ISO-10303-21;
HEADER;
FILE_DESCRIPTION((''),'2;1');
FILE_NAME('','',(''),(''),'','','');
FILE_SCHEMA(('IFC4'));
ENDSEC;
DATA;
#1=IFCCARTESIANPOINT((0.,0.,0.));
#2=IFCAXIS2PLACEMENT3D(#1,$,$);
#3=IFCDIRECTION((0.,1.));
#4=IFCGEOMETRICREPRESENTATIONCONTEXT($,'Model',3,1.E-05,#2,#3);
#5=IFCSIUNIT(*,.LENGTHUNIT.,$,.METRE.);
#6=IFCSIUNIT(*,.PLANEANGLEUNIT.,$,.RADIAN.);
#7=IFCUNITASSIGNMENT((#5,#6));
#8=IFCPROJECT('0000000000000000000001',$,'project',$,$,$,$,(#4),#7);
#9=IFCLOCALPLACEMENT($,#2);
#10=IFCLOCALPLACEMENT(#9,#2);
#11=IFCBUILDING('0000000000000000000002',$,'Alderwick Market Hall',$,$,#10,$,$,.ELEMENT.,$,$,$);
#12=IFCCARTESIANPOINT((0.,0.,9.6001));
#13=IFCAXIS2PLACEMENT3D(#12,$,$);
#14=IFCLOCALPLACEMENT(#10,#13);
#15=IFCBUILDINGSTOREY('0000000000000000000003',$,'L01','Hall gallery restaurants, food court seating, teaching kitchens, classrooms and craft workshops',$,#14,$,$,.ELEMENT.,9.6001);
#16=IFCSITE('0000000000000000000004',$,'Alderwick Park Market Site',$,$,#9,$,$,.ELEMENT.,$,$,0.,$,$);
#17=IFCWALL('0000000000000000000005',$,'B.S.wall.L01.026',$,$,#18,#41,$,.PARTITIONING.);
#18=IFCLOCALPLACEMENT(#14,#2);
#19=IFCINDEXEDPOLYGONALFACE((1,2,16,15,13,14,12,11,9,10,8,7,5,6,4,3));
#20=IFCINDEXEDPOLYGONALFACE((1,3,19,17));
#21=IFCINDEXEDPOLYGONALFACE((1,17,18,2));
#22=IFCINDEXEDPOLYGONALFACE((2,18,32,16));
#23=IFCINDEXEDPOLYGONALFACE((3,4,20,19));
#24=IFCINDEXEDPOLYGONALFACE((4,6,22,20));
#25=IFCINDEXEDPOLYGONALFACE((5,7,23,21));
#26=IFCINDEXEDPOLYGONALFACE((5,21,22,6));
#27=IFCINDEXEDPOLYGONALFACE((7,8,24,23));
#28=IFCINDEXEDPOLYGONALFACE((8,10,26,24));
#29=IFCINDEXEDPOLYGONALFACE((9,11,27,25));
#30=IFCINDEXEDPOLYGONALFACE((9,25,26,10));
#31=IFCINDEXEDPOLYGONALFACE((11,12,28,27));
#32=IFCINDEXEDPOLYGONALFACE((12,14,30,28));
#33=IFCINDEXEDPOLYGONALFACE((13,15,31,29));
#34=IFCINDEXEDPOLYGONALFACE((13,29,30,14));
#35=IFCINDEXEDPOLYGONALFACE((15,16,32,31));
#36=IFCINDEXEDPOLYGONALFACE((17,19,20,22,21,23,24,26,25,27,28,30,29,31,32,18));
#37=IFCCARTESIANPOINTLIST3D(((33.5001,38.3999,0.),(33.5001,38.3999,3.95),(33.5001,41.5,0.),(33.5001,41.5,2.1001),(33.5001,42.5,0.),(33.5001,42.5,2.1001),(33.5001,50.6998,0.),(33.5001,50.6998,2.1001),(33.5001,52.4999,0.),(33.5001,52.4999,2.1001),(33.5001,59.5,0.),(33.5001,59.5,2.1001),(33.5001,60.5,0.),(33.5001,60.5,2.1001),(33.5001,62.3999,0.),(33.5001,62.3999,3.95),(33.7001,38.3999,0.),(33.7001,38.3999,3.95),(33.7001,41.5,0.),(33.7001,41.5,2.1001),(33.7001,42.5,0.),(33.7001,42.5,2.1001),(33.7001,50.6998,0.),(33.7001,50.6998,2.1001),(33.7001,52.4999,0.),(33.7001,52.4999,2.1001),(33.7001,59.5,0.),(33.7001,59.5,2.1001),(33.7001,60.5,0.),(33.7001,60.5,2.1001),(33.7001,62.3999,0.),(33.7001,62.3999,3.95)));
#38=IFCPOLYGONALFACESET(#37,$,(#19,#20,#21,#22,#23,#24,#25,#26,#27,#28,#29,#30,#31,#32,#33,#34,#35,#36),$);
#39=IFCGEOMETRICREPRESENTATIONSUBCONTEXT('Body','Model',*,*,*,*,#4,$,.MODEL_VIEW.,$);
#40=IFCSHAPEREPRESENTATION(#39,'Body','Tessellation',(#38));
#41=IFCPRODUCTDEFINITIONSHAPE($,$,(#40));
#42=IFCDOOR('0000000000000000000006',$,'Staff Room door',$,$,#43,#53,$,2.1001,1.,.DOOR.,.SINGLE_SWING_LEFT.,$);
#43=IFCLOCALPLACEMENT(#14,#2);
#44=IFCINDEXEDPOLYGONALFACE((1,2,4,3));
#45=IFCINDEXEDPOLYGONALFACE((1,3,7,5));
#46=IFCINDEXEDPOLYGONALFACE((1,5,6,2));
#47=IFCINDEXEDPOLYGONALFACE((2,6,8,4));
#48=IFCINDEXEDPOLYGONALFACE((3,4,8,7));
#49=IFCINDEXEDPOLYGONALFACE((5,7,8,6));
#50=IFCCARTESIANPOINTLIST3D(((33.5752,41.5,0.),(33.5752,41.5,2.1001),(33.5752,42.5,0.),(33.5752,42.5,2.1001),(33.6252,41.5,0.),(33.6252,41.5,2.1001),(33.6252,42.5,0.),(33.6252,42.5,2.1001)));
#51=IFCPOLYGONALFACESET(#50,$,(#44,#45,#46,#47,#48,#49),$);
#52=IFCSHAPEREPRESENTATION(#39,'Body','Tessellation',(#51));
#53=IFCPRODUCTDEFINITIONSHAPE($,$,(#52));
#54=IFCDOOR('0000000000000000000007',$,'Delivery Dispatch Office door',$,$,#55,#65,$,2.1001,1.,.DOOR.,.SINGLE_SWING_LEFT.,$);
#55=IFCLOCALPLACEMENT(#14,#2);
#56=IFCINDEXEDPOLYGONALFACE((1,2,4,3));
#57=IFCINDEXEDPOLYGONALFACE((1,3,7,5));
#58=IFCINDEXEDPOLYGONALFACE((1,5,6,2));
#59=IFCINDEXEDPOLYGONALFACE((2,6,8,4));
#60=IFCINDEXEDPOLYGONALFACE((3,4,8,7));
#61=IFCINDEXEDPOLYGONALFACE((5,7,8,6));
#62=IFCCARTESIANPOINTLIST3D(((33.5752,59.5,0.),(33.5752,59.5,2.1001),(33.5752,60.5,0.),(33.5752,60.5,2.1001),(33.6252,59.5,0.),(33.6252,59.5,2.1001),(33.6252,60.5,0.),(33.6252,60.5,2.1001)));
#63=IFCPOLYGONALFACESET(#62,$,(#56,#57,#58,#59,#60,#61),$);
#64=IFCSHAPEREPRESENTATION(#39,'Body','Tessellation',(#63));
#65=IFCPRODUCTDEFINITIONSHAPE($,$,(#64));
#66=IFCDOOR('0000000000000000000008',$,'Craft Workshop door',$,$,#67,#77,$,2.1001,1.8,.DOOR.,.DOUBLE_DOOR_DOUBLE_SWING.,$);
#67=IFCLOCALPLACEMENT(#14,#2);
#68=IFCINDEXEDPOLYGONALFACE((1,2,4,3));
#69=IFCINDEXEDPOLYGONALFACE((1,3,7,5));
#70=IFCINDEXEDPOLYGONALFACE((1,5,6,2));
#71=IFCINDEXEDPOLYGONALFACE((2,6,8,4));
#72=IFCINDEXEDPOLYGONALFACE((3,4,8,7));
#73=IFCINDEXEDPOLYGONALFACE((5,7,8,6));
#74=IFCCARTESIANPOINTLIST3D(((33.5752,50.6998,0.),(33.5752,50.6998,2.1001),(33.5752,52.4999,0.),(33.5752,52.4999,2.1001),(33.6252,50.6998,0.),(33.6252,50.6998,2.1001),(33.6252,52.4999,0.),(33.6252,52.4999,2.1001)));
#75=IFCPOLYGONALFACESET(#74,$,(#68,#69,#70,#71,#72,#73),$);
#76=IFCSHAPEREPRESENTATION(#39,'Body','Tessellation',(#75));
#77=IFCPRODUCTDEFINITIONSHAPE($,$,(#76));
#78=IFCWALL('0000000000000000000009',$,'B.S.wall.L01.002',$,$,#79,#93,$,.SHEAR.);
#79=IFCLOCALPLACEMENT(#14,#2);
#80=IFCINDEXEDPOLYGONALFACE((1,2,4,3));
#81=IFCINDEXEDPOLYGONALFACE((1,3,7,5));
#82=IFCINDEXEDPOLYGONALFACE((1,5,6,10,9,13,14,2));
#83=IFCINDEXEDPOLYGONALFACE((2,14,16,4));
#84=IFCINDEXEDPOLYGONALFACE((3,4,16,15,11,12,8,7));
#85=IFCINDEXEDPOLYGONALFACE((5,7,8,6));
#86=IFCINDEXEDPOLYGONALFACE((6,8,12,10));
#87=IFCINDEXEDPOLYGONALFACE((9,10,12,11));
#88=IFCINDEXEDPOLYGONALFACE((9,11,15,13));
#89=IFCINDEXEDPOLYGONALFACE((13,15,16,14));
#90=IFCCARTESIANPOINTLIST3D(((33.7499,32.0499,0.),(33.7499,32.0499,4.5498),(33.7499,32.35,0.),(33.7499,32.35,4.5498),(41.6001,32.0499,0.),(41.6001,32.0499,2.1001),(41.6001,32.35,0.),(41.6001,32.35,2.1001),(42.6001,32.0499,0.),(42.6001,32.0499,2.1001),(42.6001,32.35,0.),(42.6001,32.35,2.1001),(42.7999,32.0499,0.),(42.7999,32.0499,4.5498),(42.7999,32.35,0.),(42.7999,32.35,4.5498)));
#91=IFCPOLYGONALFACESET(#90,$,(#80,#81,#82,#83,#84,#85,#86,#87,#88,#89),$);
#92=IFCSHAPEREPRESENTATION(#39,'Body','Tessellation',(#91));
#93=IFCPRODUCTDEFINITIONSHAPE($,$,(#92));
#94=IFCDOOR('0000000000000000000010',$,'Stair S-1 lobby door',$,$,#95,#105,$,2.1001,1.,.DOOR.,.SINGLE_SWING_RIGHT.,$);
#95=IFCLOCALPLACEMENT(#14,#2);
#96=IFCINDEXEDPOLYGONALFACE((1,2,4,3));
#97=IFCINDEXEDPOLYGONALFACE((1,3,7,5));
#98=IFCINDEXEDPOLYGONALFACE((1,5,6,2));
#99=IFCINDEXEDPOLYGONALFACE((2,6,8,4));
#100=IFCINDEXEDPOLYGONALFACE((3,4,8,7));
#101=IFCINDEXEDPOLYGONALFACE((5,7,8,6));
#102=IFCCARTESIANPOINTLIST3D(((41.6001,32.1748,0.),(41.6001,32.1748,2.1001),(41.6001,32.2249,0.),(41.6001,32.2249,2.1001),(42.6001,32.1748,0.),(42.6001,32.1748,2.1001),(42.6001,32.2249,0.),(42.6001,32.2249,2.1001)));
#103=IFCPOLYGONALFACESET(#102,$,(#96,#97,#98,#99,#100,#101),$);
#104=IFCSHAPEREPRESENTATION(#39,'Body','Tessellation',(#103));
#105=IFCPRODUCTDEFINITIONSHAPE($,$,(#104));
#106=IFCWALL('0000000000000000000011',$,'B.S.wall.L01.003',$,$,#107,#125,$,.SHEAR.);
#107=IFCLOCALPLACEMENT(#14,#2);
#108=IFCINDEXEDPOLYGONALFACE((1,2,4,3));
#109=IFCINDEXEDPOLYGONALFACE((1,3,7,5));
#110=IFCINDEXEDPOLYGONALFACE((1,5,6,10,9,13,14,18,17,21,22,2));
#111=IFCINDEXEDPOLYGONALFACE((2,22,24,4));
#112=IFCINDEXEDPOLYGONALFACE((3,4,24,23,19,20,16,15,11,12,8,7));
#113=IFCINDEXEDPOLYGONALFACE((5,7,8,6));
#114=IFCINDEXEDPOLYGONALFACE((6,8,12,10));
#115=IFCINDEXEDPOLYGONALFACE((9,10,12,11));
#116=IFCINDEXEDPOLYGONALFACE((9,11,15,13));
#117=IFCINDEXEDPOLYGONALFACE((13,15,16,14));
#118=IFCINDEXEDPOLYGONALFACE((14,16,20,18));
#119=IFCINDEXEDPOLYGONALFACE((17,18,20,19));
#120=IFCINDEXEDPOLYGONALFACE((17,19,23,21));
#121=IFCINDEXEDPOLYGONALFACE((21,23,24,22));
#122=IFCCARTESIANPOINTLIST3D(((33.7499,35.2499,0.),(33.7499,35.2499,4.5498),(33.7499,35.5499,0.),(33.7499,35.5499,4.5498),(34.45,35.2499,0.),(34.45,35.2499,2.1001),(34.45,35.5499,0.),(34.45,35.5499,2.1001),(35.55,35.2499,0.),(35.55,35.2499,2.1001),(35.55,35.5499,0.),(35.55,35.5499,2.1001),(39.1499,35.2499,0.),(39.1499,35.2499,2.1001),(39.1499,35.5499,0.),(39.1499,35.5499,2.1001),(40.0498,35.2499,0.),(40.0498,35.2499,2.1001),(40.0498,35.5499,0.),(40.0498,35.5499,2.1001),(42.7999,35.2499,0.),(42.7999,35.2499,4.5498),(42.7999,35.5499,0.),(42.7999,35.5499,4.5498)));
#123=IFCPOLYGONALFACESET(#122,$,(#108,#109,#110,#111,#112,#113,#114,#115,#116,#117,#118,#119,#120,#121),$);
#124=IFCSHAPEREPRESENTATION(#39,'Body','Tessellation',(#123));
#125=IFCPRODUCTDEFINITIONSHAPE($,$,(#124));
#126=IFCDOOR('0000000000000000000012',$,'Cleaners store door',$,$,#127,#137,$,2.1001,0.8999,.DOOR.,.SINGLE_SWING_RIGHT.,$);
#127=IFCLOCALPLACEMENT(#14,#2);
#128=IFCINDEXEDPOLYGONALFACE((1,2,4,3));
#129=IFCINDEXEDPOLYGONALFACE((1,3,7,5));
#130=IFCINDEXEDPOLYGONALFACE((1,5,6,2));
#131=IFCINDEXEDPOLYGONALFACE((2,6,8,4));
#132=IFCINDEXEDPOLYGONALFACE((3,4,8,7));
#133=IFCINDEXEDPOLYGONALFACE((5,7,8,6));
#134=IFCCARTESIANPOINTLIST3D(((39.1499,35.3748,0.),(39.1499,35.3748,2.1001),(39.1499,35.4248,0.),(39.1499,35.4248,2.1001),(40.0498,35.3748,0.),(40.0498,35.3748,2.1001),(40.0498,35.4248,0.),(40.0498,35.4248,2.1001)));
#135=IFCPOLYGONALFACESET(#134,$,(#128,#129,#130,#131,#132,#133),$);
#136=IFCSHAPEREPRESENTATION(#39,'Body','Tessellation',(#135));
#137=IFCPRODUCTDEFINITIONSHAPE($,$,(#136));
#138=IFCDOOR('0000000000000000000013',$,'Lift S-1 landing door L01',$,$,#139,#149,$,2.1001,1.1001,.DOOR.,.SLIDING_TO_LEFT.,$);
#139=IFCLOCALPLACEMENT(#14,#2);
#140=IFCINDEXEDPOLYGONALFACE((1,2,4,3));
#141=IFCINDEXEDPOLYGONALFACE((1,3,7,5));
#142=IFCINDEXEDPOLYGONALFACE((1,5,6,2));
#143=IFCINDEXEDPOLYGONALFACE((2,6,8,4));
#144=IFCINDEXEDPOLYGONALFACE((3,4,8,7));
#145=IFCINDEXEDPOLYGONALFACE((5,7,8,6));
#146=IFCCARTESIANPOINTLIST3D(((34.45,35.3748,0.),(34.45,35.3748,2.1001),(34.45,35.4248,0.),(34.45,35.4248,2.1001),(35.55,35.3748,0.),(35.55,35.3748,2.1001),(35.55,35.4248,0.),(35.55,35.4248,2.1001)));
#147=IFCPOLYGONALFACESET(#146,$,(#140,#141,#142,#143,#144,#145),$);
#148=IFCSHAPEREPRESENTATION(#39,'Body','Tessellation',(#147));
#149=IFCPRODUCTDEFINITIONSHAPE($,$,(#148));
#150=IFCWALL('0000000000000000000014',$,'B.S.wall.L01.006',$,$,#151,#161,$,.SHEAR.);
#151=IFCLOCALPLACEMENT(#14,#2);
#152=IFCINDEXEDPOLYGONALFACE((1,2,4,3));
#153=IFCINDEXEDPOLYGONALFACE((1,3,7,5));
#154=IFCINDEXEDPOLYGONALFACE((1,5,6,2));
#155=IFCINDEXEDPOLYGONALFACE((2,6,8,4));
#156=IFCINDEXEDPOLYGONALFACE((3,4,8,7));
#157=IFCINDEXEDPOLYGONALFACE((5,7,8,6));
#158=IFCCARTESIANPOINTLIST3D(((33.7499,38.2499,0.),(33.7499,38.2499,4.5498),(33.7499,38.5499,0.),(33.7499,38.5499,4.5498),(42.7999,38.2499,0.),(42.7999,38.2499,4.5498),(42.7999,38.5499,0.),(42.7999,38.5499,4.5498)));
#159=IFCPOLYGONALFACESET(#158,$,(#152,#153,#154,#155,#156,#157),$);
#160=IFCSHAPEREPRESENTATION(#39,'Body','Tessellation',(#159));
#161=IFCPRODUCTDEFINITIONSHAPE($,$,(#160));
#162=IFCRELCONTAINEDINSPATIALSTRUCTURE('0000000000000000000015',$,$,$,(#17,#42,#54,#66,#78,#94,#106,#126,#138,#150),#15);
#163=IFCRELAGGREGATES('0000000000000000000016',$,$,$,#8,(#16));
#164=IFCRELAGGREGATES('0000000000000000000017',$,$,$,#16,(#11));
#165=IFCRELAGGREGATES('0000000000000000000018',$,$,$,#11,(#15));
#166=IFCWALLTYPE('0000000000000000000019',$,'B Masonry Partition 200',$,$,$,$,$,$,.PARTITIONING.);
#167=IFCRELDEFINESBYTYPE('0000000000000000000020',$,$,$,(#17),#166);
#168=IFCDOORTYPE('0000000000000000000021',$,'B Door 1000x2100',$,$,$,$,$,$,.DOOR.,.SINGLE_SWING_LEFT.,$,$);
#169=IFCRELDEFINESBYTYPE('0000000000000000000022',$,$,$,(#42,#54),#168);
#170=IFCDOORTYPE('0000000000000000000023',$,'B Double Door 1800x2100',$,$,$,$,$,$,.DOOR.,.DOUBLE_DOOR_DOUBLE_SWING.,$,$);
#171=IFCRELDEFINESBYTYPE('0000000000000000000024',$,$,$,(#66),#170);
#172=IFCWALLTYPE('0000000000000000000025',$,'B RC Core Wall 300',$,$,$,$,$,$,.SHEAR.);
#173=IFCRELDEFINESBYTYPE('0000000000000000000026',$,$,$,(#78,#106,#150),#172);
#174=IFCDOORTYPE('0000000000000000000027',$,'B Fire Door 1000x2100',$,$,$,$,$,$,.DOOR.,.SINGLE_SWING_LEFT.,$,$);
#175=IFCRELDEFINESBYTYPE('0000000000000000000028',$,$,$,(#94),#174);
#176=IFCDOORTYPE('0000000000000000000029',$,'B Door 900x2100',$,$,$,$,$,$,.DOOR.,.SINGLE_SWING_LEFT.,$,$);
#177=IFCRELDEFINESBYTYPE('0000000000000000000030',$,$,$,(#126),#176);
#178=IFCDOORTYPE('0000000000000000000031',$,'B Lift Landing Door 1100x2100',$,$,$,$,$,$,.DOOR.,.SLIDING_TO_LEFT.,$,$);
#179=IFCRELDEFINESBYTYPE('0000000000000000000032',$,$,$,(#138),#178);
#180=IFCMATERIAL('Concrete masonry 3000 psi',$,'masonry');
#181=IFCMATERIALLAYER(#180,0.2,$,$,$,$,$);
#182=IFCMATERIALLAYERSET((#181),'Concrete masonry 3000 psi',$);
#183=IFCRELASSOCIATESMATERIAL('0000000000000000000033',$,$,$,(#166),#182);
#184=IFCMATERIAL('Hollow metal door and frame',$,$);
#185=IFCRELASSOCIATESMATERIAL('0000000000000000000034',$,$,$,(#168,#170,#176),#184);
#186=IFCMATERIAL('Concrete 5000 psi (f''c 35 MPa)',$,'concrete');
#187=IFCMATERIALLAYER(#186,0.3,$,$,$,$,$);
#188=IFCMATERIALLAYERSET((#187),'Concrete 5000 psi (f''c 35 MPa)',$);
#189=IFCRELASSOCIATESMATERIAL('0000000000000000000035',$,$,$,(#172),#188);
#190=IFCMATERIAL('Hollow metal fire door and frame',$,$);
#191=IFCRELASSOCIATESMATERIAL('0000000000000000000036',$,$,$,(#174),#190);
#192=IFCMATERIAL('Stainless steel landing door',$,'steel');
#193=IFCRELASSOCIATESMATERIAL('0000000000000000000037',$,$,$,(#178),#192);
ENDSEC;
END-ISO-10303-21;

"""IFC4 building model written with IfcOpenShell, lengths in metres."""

from ifc_helpers import new_model, si_unit, direction, frame, frame_2d, origin, place, context, subcontext, project, spatial, rectangle, extrude, material, layer, layer_set, type_object, element, fill, save


model = new_model("IFC4")

# Units and contexts
model_context = context("Model", 3, precision=1e-05, world=origin(), true_north=direction((0.0, 1.0)))
body_context = subcontext(model_context, "Body", "Model", "MODEL_VIEW")
ifc_project = project(units=[si_unit("LENGTHUNIT", "METRE"), si_unit("PLANEANGLEUNIT", "RADIAN")], contexts=[model_context])

# Site, building, storey
site_placement = place(None, origin())
site = spatial("IfcSite", under=ifc_project, at=site_placement, Name="Alderwick Park Market Site", CompositionType="ELEMENT", RefElevation=0.0)
building_placement = place(site_placement, origin())
building = spatial("IfcBuilding", under=site, at=building_placement, Name="Alderwick Market Hall", CompositionType="ELEMENT")
storey_placement = place(building_placement, frame((0.0, 0.0, 9.6001)))
storey = spatial("IfcBuildingStorey", under=building, at=storey_placement, Name="L01", Description="Hall gallery restaurants, food court seating, teaching kitchens, classrooms and craft workshops", CompositionType="ELEMENT", Elevation=9.6001)

# Shared definitions
ifc_material_1 = material(Name="Concrete 5000 psi (f'c 35 MPa)", Category="concrete")

# Shared definitions
ifc_material_2 = material(Name="Concrete masonry 3000 psi", Category="masonry")
ifc_layer_1 = layer(ifc_material_2, 0.2)
ifc_layer_set_1 = layer_set([ifc_layer_1], Name="Concrete masonry 3000 psi")
wall_type_1 = type_object("IfcWallType", Name="B Masonry Partition 200", PredefinedType="PARTITIONING", material=ifc_layer_set_1)

# Wall, openings, doors
ifc_material_3 = material(Name="Hollow metal door and frame")
door_type_1 = type_object("IfcDoorType", Name="B Door 1000x2100", OperationType="SINGLE_SWING_LEFT", PredefinedType="DOOR", material=ifc_material_3)
door_type_2 = type_object("IfcDoorType", Name="B Double Door 1800x2100", OperationType="DOUBLE_DOOR_DOUBLE_SWING", PredefinedType="DOOR", material=ifc_material_3)
wall_1_placement = place(storey_placement, frame((33.6001, 38.3999, 0.0), z_axis=(0.0, 0.0, 1.0), x_axis=(0.0, 1.0, 0.0)))
wall_1 = element("IfcWall", 1, at=wall_1_placement, inside=storey, type_object=wall_type_1, Name="B.S.wall.L01.026", PredefinedType="PARTITIONING", context=body_context, shape_type="SweptSolid", body=[
    extrude(rectangle(XDim=24.0, YDim=0.2, at=frame_2d((12.0, 0.0))), origin(), (0.0, 0.0, 1.0), 3.95),
])
opening_1_placement = place(wall_1_placement, frame((3.1001, 0.0, 0.0)))
opening_1 = element("IfcOpeningElement", 2, at=opening_1_placement, cuts=wall_1, PredefinedType="OPENING", context=body_context, shape_type="SweptSolid", body=[
    extrude(rectangle(XDim=1.0, YDim=2.1001, at=frame_2d((0.5, 1.05))), frame((0.0, 0.1099, 0.0), z_axis=(0.0, -1.0, 0.0), x_axis=(1.0, 0.0, 0.0)), (0.0, 0.0, 1.0), 0.22),
])
opening_2_placement = place(wall_1_placement, frame((12.3, 0.0, 0.0)))
opening_2 = element("IfcOpeningElement", 3, at=opening_2_placement, cuts=wall_1, PredefinedType="OPENING", context=body_context, shape_type="SweptSolid", body=[
    extrude(rectangle(XDim=1.8, YDim=2.1001, at=frame_2d((0.8999, 1.05))), frame((0.0, 0.1099, 0.0), z_axis=(0.0, -1.0, 0.0), x_axis=(1.0, 0.0, 0.0)), (0.0, 0.0, 1.0), 0.22),
])
opening_3_placement = place(wall_1_placement, frame((21.1001, 0.0, 0.0)))
opening_3 = element("IfcOpeningElement", 4, at=opening_3_placement, cuts=wall_1, PredefinedType="OPENING", context=body_context, shape_type="SweptSolid", body=[
    extrude(rectangle(XDim=1.0, YDim=2.1001, at=frame_2d((0.5, 1.05))), frame((0.0, 0.1099, 0.0), z_axis=(0.0, -1.0, 0.0), x_axis=(1.0, 0.0, 0.0)), (0.0, 0.0, 1.0), 0.22),
])
door_1_placement = place(opening_1_placement, origin())
door_1 = element("IfcDoor", 5, at=door_1_placement, inside=storey, type_object=door_type_1, Name="Staff Room door", OperationType="SINGLE_SWING_LEFT", OverallHeight=2.1001, OverallWidth=1.0, PredefinedType="DOOR", context=body_context, shape_type="SweptSolid", body=[
    extrude(rectangle(XDim=1.0, YDim=2.1001, at=frame_2d((0.5, 1.05))), frame((0.0, 0.0249, 0.0), z_axis=(0.0, -1.0, 0.0), x_axis=(1.0, 0.0, 0.0)), (0.0, 0.0, 1.0), 0.05),
])
fill(opening_1, door_1)
door_2_placement = place(opening_3_placement, origin())
door_2 = element("IfcDoor", 6, at=door_2_placement, inside=storey, type_object=door_type_1, Name="Delivery Dispatch Office door", OperationType="SINGLE_SWING_LEFT", OverallHeight=2.1001, OverallWidth=1.0, PredefinedType="DOOR", context=body_context, shape_type="SweptSolid", body=[
    extrude(rectangle(XDim=1.0, YDim=2.1001, at=frame_2d((0.5, 1.05))), frame((0.0, 0.0249, 0.0), z_axis=(0.0, -1.0, 0.0), x_axis=(1.0, 0.0, 0.0)), (0.0, 0.0, 1.0), 0.05),
])
fill(opening_3, door_2)
door_3_placement = place(opening_2_placement, origin())
door_3 = element("IfcDoor", 7, at=door_3_placement, inside=storey, type_object=door_type_2, Name="Craft Workshop door", OperationType="DOUBLE_DOOR_DOUBLE_SWING", OverallHeight=2.1001, OverallWidth=1.8, PredefinedType="DOOR", context=body_context, shape_type="SweptSolid", body=[
    extrude(rectangle(XDim=1.8, YDim=2.1001, at=frame_2d((0.8999, 1.05))), frame((0.0, 0.0249, 0.0), z_axis=(0.0, -1.0, 0.0), x_axis=(1.0, 0.0, 0.0)), (0.0, 0.0, 1.0), 0.05),
])
fill(opening_2, door_3)

# Wall, opening, door
ifc_layer_2 = layer(ifc_material_1, 0.3)
ifc_layer_set_2 = layer_set([ifc_layer_2], Name="Concrete 5000 psi (f'c 35 MPa)")
wall_type_2 = type_object("IfcWallType", Name="B RC Core Wall 300", PredefinedType="SHEAR", material=ifc_layer_set_2)
wall_2_placement = place(storey_placement, frame((33.75, 32.2, 0.0), z_axis=(0.0, 0.0, 1.0), x_axis=(1.0, 0.0, 0.0)))
wall_2 = element("IfcWall", 8, at=wall_2_placement, inside=storey, type_object=wall_type_2, Name="B.S.wall.L01.002", PredefinedType="SHEAR", context=body_context, shape_type="SweptSolid", body=[
    extrude(rectangle(XDim=9.05, YDim=0.3, at=frame_2d((4.5249, 0.0))), origin(), (0.0, 0.0, 1.0), 4.5498),
])
opening_4_placement = place(wall_2_placement, frame((7.8501, 0.0, 0.0)))
opening_4 = element("IfcOpeningElement", 9, at=opening_4_placement, cuts=wall_2, PredefinedType="OPENING", context=body_context, shape_type="SweptSolid", body=[
    extrude(rectangle(XDim=1.0, YDim=2.1001, at=frame_2d((0.5, 1.05))), frame((0.0, 0.1599, 0.0), z_axis=(0.0, -1.0, 0.0), x_axis=(1.0, 0.0, 0.0)), (0.0, 0.0, 1.0), 0.3201),
])
ifc_material_4 = material(Name="Hollow metal fire door and frame")
door_type_3 = type_object("IfcDoorType", Name="B Fire Door 1000x2100", OperationType="SINGLE_SWING_LEFT", PredefinedType="DOOR", material=ifc_material_4)
door_4_placement = place(opening_4_placement, origin())
door_4 = element("IfcDoor", 10, at=door_4_placement, inside=storey, type_object=door_type_3, Name="Stair S-1 lobby door", OperationType="SINGLE_SWING_RIGHT", OverallHeight=2.1001, OverallWidth=1.0, PredefinedType="DOOR", context=body_context, shape_type="SweptSolid", body=[
    extrude(rectangle(XDim=1.0, YDim=2.1001, at=frame_2d((0.5, 1.05))), frame((0.0, 0.0249, 0.0), z_axis=(0.0, -1.0, 0.0), x_axis=(1.0, 0.0, 0.0)), (0.0, 0.0, 1.0), 0.05),
])
fill(opening_4, door_4)

# Wall, openings, doors
wall_3_placement = place(storey_placement, frame((33.75, 35.3999, 0.0), z_axis=(0.0, 0.0, 1.0), x_axis=(1.0, 0.0, 0.0)))
wall_3 = element("IfcWall", 11, at=wall_3_placement, inside=storey, type_object=wall_type_2, Name="B.S.wall.L01.003", PredefinedType="SHEAR", context=body_context, shape_type="SweptSolid", body=[
    extrude(rectangle(XDim=9.05, YDim=0.3, at=frame_2d((4.5249, 0.0))), origin(), (0.0, 0.0, 1.0), 4.5498),
])
opening_5_placement = place(wall_3_placement, frame((0.7, 0.0, 0.0)))
opening_5 = element("IfcOpeningElement", 12, at=opening_5_placement, cuts=wall_3, PredefinedType="OPENING", context=body_context, shape_type="SweptSolid", body=[
    extrude(rectangle(XDim=1.1001, YDim=2.1001, at=frame_2d((0.55, 1.05))), frame((0.0, 0.1599, 0.0), z_axis=(0.0, -1.0, 0.0), x_axis=(1.0, 0.0, 0.0)), (0.0, 0.0, 1.0), 0.3201),
])
opening_6_placement = place(wall_3_placement, frame((5.3999, 0.0, 0.0)))
opening_6 = element("IfcOpeningElement", 13, at=opening_6_placement, cuts=wall_3, PredefinedType="OPENING", context=body_context, shape_type="SweptSolid", body=[
    extrude(rectangle(XDim=0.8999, YDim=2.1001, at=frame_2d((0.45, 1.05))), frame((0.0, 0.1599, 0.0), z_axis=(0.0, -1.0, 0.0), x_axis=(1.0, 0.0, 0.0)), (0.0, 0.0, 1.0), 0.3201),
])
door_type_4 = type_object("IfcDoorType", Name="B Door 900x2100", OperationType="SINGLE_SWING_LEFT", PredefinedType="DOOR", material=ifc_material_3)
door_5_placement = place(opening_6_placement, origin())
door_5 = element("IfcDoor", 14, at=door_5_placement, inside=storey, type_object=door_type_4, Name="Cleaners store door", OperationType="SINGLE_SWING_RIGHT", OverallHeight=2.1001, OverallWidth=0.8999, PredefinedType="DOOR", context=body_context, shape_type="SweptSolid", body=[
    extrude(rectangle(XDim=0.8999, YDim=2.1001, at=frame_2d((0.45, 1.05))), frame((0.0, 0.0249, 0.0), z_axis=(0.0, -1.0, 0.0), x_axis=(1.0, 0.0, 0.0)), (0.0, 0.0, 1.0), 0.05),
])
fill(opening_6, door_5)
ifc_material_5 = material(Name="Stainless steel landing door", Category="steel")
door_type_5 = type_object("IfcDoorType", Name="B Lift Landing Door 1100x2100", OperationType="SLIDING_TO_LEFT", PredefinedType="DOOR", material=ifc_material_5)
door_6_placement = place(opening_5_placement, origin())
door_6 = element("IfcDoor", 15, at=door_6_placement, inside=storey, type_object=door_type_5, Name="Lift S-1 landing door L01", OperationType="SLIDING_TO_LEFT", OverallHeight=2.1001, OverallWidth=1.1001, PredefinedType="DOOR", context=body_context, shape_type="SweptSolid", body=[
    extrude(rectangle(XDim=1.1001, YDim=2.1001, at=frame_2d((0.55, 1.05))), frame((0.0, 0.0249, 0.0), z_axis=(0.0, -1.0, 0.0), x_axis=(1.0, 0.0, 0.0)), (0.0, 0.0, 1.0), 0.05),
])
fill(opening_5, door_6)

# Wall
wall_4_placement = place(storey_placement, frame((33.75, 38.3999, 0.0), z_axis=(0.0, 0.0, 1.0), x_axis=(1.0, 0.0, 0.0)))
element("IfcWall", 16, at=wall_4_placement, inside=storey, type_object=wall_type_2, Name="B.S.wall.L01.006", PredefinedType="SHEAR", context=body_context, shape_type="SweptSolid", body=[
    extrude(rectangle(XDim=9.05, YDim=0.3, at=frame_2d((4.5249, 0.0))), origin(), (0.0, 0.0, 1.0), 4.5498),
])

save(model, "model.ifc")
